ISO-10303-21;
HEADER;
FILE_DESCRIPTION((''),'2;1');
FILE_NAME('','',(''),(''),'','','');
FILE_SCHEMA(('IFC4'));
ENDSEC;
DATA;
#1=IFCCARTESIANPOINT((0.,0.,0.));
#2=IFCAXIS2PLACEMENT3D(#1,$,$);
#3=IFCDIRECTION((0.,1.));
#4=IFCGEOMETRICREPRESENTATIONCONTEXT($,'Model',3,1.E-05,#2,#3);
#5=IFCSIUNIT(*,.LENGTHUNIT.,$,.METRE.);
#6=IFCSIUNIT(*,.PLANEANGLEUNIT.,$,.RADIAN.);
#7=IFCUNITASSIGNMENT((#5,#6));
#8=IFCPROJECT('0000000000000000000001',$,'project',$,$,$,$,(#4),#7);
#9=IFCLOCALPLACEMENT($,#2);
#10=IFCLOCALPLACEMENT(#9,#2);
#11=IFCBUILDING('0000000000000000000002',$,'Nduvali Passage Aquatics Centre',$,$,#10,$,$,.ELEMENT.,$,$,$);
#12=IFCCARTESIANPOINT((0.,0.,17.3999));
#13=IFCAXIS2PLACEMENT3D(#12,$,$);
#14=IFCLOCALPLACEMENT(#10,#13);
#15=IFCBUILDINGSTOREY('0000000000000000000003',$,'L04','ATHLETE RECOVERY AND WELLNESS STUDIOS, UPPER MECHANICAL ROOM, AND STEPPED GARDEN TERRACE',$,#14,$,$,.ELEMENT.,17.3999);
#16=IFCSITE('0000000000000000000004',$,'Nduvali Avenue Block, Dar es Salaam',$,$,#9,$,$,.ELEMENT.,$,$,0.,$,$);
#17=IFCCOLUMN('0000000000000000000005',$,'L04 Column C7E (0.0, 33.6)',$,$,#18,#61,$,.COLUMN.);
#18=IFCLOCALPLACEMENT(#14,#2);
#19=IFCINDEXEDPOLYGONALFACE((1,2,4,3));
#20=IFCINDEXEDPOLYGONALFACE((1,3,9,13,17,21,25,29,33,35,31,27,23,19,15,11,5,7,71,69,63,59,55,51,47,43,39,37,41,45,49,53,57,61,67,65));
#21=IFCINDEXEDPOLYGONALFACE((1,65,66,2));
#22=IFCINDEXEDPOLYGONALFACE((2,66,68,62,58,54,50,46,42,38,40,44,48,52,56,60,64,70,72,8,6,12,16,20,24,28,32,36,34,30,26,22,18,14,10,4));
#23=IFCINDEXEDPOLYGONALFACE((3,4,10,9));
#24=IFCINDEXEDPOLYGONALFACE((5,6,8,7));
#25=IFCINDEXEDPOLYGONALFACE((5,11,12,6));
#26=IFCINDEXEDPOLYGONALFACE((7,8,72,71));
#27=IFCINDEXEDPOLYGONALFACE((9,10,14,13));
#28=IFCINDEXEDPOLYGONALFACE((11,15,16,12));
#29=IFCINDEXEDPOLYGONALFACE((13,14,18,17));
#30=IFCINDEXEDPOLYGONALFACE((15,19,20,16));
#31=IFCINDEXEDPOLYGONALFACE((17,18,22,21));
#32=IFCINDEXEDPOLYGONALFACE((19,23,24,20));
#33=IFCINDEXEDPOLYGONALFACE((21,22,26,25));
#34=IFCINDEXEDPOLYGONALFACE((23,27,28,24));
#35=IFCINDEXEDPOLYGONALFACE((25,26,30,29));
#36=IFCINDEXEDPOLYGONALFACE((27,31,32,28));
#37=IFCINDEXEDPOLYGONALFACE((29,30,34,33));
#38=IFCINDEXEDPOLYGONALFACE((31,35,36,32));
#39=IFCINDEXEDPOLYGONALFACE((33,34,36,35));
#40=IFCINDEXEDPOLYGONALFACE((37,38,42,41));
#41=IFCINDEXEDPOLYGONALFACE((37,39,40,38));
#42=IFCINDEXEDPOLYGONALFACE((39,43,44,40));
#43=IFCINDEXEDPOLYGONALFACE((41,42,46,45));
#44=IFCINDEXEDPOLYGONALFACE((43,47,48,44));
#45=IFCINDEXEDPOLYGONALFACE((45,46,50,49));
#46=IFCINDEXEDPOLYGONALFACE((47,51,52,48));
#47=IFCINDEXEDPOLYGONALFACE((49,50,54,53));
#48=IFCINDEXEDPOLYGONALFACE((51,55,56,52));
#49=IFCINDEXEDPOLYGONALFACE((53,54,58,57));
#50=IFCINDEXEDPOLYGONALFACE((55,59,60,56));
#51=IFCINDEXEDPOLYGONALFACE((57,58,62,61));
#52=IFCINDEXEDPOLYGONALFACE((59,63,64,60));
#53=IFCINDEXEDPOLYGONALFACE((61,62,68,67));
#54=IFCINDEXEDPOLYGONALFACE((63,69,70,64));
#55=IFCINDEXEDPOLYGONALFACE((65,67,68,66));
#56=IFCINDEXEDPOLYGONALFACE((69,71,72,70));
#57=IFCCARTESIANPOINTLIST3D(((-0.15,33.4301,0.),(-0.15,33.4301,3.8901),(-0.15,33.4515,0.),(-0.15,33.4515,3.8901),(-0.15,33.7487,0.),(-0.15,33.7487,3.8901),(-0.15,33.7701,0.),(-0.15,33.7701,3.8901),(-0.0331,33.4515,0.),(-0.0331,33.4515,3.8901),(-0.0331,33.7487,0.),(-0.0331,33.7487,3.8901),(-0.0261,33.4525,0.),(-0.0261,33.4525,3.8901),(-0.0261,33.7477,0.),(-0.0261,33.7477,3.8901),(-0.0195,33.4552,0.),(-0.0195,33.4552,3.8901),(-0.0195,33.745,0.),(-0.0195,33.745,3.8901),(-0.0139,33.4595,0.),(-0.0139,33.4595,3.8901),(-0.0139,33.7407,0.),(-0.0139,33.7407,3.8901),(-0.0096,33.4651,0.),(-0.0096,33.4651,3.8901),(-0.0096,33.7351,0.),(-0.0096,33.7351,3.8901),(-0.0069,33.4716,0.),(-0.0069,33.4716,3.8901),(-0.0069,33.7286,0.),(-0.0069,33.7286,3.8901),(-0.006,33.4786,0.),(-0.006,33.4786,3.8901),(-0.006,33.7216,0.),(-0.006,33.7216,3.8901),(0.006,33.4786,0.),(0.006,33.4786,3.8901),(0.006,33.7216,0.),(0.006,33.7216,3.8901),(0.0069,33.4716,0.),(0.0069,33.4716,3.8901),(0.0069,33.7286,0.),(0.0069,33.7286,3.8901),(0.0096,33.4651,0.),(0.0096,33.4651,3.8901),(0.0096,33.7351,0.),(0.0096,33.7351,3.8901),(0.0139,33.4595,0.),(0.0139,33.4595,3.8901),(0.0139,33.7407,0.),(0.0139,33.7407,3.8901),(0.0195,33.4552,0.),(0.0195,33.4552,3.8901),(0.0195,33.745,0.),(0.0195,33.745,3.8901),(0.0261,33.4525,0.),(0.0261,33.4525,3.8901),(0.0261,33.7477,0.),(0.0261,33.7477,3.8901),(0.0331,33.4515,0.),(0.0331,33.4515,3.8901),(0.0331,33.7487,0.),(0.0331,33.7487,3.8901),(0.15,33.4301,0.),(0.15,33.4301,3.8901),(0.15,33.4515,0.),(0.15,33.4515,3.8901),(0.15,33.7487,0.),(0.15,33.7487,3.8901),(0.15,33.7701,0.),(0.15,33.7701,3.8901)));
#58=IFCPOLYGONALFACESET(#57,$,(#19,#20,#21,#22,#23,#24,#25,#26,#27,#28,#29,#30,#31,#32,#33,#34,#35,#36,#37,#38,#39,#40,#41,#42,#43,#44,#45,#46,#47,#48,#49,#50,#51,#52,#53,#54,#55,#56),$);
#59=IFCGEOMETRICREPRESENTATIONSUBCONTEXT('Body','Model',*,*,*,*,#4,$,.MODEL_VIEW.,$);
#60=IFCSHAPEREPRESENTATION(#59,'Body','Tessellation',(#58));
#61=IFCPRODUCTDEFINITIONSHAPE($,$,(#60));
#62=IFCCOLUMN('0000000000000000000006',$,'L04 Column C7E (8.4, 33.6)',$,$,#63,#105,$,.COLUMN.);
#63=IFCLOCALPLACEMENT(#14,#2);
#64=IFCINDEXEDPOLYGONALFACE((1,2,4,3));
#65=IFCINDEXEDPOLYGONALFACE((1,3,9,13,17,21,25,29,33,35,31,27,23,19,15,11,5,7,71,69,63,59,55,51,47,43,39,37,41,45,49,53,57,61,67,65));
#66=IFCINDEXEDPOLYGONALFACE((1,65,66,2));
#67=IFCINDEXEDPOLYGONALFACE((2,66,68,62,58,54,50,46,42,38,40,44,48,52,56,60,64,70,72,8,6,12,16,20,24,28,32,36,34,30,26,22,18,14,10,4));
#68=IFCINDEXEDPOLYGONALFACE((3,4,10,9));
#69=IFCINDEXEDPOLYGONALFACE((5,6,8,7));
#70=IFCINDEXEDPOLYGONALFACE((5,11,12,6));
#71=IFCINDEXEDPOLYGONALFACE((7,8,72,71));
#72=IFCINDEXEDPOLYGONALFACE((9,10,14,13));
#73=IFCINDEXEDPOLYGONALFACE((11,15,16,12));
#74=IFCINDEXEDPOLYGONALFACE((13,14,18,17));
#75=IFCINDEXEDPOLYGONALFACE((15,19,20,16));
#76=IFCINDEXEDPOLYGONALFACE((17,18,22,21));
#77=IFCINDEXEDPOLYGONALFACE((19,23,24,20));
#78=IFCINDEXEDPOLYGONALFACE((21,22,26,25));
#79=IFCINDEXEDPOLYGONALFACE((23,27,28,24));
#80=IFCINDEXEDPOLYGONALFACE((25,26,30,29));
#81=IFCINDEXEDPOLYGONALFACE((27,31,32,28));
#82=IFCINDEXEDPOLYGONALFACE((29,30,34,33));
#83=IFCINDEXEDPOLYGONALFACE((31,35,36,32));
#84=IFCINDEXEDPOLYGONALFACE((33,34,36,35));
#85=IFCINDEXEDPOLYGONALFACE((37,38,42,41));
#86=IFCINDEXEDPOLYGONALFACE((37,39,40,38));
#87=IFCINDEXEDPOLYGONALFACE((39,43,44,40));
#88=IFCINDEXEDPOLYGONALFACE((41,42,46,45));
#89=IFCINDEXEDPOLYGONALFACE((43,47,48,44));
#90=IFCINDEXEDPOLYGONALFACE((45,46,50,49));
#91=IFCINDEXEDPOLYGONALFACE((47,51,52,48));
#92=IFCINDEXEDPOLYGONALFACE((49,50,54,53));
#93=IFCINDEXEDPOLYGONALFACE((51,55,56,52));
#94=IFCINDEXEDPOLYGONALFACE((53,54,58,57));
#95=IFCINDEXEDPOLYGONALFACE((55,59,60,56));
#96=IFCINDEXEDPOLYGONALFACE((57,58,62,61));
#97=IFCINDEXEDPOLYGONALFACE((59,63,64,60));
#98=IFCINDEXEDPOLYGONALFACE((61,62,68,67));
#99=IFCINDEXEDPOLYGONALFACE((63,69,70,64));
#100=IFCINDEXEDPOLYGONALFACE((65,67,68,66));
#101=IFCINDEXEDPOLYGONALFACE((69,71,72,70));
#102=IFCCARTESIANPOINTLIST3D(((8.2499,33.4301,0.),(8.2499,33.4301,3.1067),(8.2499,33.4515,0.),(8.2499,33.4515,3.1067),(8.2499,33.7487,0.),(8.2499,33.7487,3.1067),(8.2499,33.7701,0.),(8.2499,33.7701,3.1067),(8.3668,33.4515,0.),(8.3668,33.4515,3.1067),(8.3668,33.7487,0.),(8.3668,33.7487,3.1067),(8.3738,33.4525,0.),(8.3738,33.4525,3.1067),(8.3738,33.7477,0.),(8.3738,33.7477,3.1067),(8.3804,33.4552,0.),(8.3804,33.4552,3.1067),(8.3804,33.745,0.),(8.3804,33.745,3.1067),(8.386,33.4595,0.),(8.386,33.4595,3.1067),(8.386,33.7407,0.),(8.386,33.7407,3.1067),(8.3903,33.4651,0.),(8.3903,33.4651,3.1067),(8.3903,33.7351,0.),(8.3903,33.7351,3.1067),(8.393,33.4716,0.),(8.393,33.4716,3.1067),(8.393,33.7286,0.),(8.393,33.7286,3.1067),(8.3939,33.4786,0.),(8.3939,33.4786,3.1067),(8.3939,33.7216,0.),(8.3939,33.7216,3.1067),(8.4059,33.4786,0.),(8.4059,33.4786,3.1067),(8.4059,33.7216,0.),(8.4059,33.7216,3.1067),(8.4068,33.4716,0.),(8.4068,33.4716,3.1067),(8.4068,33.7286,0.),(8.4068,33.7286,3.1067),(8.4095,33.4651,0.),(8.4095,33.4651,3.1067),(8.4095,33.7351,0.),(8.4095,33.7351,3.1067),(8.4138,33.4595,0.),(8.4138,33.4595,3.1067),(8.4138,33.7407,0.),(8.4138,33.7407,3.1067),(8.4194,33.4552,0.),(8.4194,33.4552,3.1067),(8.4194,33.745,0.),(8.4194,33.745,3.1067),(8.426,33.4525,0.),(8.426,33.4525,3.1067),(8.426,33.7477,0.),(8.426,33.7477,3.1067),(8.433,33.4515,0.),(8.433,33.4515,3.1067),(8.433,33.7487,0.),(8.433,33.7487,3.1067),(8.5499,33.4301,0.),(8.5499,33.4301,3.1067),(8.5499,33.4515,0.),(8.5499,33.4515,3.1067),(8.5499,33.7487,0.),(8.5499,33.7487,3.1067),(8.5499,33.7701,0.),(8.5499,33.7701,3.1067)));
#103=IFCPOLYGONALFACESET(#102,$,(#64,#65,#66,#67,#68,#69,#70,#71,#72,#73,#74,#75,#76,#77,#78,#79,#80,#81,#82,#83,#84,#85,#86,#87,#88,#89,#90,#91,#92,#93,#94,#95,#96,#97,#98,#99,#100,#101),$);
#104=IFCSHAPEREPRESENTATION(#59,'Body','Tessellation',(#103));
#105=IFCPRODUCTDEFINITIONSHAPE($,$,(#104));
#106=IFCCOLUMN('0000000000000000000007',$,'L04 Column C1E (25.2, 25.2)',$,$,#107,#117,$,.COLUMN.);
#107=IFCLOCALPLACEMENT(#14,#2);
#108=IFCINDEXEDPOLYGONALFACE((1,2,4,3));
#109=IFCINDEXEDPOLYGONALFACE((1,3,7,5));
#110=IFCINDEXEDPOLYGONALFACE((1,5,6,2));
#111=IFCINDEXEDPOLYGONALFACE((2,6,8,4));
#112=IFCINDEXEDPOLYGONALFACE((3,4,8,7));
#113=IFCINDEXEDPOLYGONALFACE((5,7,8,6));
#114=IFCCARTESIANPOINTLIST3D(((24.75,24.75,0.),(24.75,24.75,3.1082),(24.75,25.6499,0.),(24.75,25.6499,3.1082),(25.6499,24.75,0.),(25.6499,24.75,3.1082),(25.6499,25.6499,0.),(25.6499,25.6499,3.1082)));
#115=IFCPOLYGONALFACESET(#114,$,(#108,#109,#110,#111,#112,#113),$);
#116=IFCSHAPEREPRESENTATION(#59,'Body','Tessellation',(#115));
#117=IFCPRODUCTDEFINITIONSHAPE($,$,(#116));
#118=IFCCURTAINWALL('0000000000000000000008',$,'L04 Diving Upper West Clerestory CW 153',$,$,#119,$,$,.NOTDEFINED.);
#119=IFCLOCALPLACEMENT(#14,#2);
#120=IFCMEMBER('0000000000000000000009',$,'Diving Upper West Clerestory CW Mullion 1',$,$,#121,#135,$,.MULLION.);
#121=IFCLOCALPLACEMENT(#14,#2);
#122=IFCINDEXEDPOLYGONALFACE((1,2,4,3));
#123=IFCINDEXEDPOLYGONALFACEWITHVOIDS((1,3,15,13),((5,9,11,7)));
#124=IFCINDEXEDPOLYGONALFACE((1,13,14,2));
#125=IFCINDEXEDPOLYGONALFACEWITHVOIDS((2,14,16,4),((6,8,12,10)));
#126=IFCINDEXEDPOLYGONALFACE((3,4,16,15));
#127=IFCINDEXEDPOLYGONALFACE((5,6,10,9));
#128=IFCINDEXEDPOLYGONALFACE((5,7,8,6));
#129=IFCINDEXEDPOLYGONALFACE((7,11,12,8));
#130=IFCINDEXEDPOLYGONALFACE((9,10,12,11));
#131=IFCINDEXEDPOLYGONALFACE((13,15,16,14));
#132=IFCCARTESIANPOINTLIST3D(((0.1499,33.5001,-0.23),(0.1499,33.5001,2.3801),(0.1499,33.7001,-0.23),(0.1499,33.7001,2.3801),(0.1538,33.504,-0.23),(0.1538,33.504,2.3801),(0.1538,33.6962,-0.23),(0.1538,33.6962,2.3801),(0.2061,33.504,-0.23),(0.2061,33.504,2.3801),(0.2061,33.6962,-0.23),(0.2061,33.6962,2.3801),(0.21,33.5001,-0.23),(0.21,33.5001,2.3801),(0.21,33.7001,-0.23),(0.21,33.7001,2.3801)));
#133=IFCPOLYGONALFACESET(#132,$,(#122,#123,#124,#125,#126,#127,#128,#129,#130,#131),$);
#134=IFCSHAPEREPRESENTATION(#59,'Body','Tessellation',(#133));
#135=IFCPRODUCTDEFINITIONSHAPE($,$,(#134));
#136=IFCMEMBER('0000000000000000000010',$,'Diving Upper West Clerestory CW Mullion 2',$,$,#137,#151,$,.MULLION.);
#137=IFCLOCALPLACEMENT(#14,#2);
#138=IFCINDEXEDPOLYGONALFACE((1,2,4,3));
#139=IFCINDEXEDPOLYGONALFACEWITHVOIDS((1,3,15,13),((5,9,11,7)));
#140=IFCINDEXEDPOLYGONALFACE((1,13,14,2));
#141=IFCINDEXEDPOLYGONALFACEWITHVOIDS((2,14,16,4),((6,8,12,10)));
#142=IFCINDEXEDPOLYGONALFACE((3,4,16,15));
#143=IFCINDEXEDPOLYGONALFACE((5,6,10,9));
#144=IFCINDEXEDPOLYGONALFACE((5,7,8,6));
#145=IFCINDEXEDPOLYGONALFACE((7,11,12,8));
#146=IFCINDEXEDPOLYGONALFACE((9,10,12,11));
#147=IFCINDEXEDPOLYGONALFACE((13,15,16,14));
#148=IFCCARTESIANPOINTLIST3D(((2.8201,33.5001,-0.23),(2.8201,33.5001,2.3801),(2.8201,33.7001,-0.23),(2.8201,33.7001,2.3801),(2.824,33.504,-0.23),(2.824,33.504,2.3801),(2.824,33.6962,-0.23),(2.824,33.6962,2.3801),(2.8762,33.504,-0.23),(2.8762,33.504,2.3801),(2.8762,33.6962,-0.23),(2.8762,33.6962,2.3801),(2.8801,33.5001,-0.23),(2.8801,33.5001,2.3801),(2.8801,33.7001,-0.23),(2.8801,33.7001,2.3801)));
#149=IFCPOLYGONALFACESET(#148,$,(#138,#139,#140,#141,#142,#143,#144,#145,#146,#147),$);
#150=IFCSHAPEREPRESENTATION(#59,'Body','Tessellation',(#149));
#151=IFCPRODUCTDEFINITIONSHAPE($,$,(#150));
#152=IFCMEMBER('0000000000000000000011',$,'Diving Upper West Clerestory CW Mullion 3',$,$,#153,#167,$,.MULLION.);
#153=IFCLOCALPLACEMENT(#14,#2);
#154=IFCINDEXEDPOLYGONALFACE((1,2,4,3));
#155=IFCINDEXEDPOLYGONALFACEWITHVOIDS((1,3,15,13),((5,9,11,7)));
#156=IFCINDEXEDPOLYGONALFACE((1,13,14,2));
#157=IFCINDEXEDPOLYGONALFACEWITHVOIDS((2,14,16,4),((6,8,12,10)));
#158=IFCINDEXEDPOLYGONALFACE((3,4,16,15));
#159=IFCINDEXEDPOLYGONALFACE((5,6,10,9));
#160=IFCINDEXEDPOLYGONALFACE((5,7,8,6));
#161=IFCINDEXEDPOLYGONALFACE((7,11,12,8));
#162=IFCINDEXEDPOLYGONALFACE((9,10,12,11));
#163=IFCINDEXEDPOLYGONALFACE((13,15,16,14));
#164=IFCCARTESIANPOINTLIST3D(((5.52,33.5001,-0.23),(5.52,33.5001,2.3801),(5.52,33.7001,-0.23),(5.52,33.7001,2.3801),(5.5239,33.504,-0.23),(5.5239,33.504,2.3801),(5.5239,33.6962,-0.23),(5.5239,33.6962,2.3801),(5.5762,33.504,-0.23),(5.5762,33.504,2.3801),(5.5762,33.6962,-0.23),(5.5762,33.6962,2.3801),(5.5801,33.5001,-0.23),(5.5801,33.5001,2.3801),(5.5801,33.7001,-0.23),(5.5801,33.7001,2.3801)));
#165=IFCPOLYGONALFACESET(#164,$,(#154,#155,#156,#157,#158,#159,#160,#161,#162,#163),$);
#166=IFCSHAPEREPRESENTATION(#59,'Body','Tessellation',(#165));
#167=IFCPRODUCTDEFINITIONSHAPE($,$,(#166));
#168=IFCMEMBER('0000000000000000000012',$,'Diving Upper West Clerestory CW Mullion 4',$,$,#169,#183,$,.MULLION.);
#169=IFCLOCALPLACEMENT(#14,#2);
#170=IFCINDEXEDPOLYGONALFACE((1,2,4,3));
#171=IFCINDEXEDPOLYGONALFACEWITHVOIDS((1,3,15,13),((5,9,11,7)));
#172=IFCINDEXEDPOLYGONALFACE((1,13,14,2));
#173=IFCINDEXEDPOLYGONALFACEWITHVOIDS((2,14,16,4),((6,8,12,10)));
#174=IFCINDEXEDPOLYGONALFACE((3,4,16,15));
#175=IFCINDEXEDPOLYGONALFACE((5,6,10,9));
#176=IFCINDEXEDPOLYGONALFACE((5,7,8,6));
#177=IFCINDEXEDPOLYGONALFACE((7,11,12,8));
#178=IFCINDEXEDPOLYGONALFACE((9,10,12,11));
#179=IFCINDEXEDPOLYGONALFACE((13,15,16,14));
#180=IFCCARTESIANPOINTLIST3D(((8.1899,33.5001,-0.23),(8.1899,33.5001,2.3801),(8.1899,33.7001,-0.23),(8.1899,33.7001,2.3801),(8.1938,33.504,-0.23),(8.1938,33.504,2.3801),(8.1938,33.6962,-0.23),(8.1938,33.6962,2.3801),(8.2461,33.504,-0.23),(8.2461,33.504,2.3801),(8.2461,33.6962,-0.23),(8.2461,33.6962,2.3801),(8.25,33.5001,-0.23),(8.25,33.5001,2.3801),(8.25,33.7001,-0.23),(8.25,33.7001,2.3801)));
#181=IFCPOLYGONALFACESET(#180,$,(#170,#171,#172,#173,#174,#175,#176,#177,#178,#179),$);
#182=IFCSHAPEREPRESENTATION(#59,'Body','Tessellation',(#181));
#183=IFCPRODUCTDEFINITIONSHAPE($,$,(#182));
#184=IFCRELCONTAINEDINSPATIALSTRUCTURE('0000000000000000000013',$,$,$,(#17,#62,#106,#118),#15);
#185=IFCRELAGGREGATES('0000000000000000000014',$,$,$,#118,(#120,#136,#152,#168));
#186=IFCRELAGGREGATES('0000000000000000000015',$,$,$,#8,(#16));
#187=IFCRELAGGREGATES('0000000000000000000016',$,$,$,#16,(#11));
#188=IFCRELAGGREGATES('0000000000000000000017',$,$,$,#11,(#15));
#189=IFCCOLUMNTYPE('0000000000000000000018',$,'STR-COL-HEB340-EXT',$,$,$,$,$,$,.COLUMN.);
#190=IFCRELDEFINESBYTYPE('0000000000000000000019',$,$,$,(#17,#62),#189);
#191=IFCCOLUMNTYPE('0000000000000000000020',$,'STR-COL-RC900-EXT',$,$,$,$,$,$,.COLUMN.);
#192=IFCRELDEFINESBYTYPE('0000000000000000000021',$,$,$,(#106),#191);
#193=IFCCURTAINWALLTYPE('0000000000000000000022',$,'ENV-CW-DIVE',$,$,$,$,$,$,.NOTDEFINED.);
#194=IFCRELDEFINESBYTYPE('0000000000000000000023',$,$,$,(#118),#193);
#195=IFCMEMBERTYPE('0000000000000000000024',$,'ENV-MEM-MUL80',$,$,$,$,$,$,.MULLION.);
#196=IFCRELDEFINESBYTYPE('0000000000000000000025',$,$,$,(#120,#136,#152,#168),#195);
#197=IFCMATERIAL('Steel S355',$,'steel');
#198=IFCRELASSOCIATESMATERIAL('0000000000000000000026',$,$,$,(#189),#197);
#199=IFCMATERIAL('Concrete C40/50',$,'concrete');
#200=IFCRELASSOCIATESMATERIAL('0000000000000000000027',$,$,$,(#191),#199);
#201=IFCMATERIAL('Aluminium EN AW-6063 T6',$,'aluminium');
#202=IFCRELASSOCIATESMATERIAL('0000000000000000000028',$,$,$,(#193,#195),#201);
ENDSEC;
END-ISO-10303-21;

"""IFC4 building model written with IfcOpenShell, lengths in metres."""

from ifc_helpers import new_model, si_unit, direction, frame, origin, origin_2d, place, context, subcontext, project, spatial, rectangle, hollow_rectangle, i_section, extrude, material, material_profile, profile_set, type_object, element, aggregate, save


model = new_model("IFC4")

# Units and contexts
model_context = context("Model", 3, precision=1e-05, world=origin(), true_north=direction((0.0, 1.0)))
body_context = subcontext(model_context, "Body", "Model", "MODEL_VIEW")
ifc_project = project(units=[si_unit("LENGTHUNIT", "METRE"), si_unit("PLANEANGLEUNIT", "RADIAN")], contexts=[model_context])

# Site, building, storey
site_placement = place(None, origin())
site = spatial("IfcSite", under=ifc_project, at=site_placement, Name="Nduvali Avenue Block, Dar es Salaam", CompositionType="ELEMENT", RefElevation=0.0)
building_placement = place(site_placement, origin())
building = spatial("IfcBuilding", under=site, at=building_placement, Name="Nduvali Passage Aquatics Centre", CompositionType="ELEMENT")
storey_placement = place(building_placement, frame((0.0, 0.0, 17.3999)))
storey = spatial("IfcBuildingStorey", under=building, at=storey_placement, Name="L04", Description="ATHLETE RECOVERY AND WELLNESS STUDIOS, UPPER MECHANICAL ROOM, AND STEPPED GARDEN TERRACE", CompositionType="ELEMENT", Elevation=17.3999)

# Columns
ifc_material_1 = material(Name="Steel S355", Category="steel")
ifc_material_profile_1 = material_profile(ifc_material_1, i_section(OverallWidth=0.3, OverallDepth=0.3401, WebThickness=0.012, FlangeThickness=0.0215, FilletRadius=0.0271, at=origin_2d()), Name="HEB 340")
ifc_profile_set_1 = profile_set([ifc_material_profile_1], Name="Steel S355")
column_type_1 = type_object("IfcColumnType", Name="STR-COL-HEB340-EXT", PredefinedType="COLUMN", material=ifc_profile_set_1)
column_1_placement = place(storey_placement, frame((0.0, 33.6001, 0.0), z_axis=(0.0, 0.0, 1.0), x_axis=(1.0, 0.0, 0.0)))
element("IfcColumn", 1, at=column_1_placement, inside=storey, type_object=column_type_1, Name="L04 Column C7E (0.0, 33.6)", PredefinedType="COLUMN", context=body_context, shape_type="SweptSolid", body=[
    extrude(i_section(OverallWidth=0.3, OverallDepth=0.3401, WebThickness=0.012, FlangeThickness=0.0215, FilletRadius=0.0271, at=origin_2d()), origin(), (0.0, 0.0, 1.0), 3.8901),
])
column_2_placement = place(storey_placement, frame((8.3999, 33.6001, 0.0), z_axis=(0.0, 0.0, 1.0), x_axis=(1.0, 0.0, 0.0)))
element("IfcColumn", 2, at=column_2_placement, inside=storey, type_object=column_type_1, Name="L04 Column C7E (8.4, 33.6)", PredefinedType="COLUMN", context=body_context, shape_type="SweptSolid", body=[
    extrude(i_section(OverallWidth=0.3, OverallDepth=0.3401, WebThickness=0.012, FlangeThickness=0.0215, FilletRadius=0.0271, at=origin_2d()), origin(), (0.0, 0.0, 1.0), 3.1067),
])
ifc_material_2 = material(Name="Concrete C40/50", Category="concrete")
ifc_material_profile_2 = material_profile(ifc_material_2, rectangle(XDim=0.8999, YDim=0.8999, at=origin_2d()), Name="RC 900x900")
ifc_profile_set_2 = profile_set([ifc_material_profile_2], Name="Concrete C40/50")
column_type_2 = type_object("IfcColumnType", Name="STR-COL-RC900-EXT", PredefinedType="COLUMN", material=ifc_profile_set_2)
column_3_placement = place(storey_placement, frame((25.2, 25.2, 0.0), z_axis=(0.0, 0.0, 1.0), x_axis=(1.0, 0.0, 0.0)))
element("IfcColumn", 3, at=column_3_placement, inside=storey, type_object=column_type_2, Name="L04 Column C1E (25.2, 25.2)", PredefinedType="COLUMN", context=body_context, shape_type="SweptSolid", body=[
    extrude(rectangle(XDim=0.8999, YDim=0.8999, at=origin_2d()), origin(), (0.0, 0.0, 1.0), 3.1082),
])

# Curtain wall, members
ifc_material_3 = material(Name="Aluminium EN AW-6063 T6", Category="aluminium")
curtain_wall_type = type_object("IfcCurtainWallType", Name="ENV-CW-DIVE", PredefinedType="NOTDEFINED", material=ifc_material_3)
curtain_wall_1_placement = place(storey_placement, origin())
curtain_wall_1 = element("IfcCurtainWall", 4, at=curtain_wall_1_placement, inside=storey, type_object=curtain_wall_type, Name="L04 Diving Upper West Clerestory CW 153", PredefinedType="NOTDEFINED")
ifc_material_profile_3 = material_profile(ifc_material_3, hollow_rectangle(XDim=0.0601, YDim=0.2, WallThickness=0.0039, at=origin_2d()), Name="ALU MULLION 60x200x4")
ifc_profile_set_3 = profile_set([ifc_material_profile_3], Name="Aluminium EN AW-6063 T6")
member_type_1 = type_object("IfcMemberType", Name="ENV-MEM-MUL80", PredefinedType="MULLION", material=ifc_profile_set_3)
member_1_placement = place(storey_placement, frame((0.1799, 33.6001, -0.23), z_axis=(0.0, 0.0, 1.0), x_axis=(1.0, 0.0, 0.0)))
member_1 = element("IfcMember", 5, at=member_1_placement, type_object=member_type_1, Name="Diving Upper West Clerestory CW Mullion 1", PredefinedType="MULLION", context=body_context, shape_type="SweptSolid", body=[
    extrude(hollow_rectangle(XDim=0.0601, YDim=0.2, WallThickness=0.0039, at=origin_2d()), origin(), (0.0, 0.0, 1.0), 2.6101),
])
member_2_placement = place(storey_placement, frame((2.8501, 33.6001, -0.23), z_axis=(0.0, 0.0, 1.0), x_axis=(1.0, 0.0, 0.0)))
member_2 = element("IfcMember", 6, at=member_2_placement, type_object=member_type_1, Name="Diving Upper West Clerestory CW Mullion 2", PredefinedType="MULLION", context=body_context, shape_type="SweptSolid", body=[
    extrude(hollow_rectangle(XDim=0.0601, YDim=0.2, WallThickness=0.0039, at=origin_2d()), origin(), (0.0, 0.0, 1.0), 2.6101),
])
member_3_placement = place(storey_placement, frame((5.55, 33.6001, -0.23), z_axis=(0.0, 0.0, 1.0), x_axis=(1.0, 0.0, 0.0)))
member_3 = element("IfcMember", 7, at=member_3_placement, type_object=member_type_1, Name="Diving Upper West Clerestory CW Mullion 3", PredefinedType="MULLION", context=body_context, shape_type="SweptSolid", body=[
    extrude(hollow_rectangle(XDim=0.0601, YDim=0.2, WallThickness=0.0039, at=origin_2d()), origin(), (0.0, 0.0, 1.0), 2.6101),
])
member_4_placement = place(storey_placement, frame((8.22, 33.6001, -0.23), z_axis=(0.0, 0.0, 1.0), x_axis=(1.0, 0.0, 0.0)))
member_4 = element("IfcMember", 8, at=member_4_placement, type_object=member_type_1, Name="Diving Upper West Clerestory CW Mullion 4", PredefinedType="MULLION", context=body_context, shape_type="SweptSolid", body=[
    extrude(hollow_rectangle(XDim=0.0601, YDim=0.2, WallThickness=0.0039, at=origin_2d()), origin(), (0.0, 0.0, 1.0), 2.6101),
])

aggregate(curtain_wall_1, [member_1, member_2, member_3, member_4])

save(model, "model.ifc")
